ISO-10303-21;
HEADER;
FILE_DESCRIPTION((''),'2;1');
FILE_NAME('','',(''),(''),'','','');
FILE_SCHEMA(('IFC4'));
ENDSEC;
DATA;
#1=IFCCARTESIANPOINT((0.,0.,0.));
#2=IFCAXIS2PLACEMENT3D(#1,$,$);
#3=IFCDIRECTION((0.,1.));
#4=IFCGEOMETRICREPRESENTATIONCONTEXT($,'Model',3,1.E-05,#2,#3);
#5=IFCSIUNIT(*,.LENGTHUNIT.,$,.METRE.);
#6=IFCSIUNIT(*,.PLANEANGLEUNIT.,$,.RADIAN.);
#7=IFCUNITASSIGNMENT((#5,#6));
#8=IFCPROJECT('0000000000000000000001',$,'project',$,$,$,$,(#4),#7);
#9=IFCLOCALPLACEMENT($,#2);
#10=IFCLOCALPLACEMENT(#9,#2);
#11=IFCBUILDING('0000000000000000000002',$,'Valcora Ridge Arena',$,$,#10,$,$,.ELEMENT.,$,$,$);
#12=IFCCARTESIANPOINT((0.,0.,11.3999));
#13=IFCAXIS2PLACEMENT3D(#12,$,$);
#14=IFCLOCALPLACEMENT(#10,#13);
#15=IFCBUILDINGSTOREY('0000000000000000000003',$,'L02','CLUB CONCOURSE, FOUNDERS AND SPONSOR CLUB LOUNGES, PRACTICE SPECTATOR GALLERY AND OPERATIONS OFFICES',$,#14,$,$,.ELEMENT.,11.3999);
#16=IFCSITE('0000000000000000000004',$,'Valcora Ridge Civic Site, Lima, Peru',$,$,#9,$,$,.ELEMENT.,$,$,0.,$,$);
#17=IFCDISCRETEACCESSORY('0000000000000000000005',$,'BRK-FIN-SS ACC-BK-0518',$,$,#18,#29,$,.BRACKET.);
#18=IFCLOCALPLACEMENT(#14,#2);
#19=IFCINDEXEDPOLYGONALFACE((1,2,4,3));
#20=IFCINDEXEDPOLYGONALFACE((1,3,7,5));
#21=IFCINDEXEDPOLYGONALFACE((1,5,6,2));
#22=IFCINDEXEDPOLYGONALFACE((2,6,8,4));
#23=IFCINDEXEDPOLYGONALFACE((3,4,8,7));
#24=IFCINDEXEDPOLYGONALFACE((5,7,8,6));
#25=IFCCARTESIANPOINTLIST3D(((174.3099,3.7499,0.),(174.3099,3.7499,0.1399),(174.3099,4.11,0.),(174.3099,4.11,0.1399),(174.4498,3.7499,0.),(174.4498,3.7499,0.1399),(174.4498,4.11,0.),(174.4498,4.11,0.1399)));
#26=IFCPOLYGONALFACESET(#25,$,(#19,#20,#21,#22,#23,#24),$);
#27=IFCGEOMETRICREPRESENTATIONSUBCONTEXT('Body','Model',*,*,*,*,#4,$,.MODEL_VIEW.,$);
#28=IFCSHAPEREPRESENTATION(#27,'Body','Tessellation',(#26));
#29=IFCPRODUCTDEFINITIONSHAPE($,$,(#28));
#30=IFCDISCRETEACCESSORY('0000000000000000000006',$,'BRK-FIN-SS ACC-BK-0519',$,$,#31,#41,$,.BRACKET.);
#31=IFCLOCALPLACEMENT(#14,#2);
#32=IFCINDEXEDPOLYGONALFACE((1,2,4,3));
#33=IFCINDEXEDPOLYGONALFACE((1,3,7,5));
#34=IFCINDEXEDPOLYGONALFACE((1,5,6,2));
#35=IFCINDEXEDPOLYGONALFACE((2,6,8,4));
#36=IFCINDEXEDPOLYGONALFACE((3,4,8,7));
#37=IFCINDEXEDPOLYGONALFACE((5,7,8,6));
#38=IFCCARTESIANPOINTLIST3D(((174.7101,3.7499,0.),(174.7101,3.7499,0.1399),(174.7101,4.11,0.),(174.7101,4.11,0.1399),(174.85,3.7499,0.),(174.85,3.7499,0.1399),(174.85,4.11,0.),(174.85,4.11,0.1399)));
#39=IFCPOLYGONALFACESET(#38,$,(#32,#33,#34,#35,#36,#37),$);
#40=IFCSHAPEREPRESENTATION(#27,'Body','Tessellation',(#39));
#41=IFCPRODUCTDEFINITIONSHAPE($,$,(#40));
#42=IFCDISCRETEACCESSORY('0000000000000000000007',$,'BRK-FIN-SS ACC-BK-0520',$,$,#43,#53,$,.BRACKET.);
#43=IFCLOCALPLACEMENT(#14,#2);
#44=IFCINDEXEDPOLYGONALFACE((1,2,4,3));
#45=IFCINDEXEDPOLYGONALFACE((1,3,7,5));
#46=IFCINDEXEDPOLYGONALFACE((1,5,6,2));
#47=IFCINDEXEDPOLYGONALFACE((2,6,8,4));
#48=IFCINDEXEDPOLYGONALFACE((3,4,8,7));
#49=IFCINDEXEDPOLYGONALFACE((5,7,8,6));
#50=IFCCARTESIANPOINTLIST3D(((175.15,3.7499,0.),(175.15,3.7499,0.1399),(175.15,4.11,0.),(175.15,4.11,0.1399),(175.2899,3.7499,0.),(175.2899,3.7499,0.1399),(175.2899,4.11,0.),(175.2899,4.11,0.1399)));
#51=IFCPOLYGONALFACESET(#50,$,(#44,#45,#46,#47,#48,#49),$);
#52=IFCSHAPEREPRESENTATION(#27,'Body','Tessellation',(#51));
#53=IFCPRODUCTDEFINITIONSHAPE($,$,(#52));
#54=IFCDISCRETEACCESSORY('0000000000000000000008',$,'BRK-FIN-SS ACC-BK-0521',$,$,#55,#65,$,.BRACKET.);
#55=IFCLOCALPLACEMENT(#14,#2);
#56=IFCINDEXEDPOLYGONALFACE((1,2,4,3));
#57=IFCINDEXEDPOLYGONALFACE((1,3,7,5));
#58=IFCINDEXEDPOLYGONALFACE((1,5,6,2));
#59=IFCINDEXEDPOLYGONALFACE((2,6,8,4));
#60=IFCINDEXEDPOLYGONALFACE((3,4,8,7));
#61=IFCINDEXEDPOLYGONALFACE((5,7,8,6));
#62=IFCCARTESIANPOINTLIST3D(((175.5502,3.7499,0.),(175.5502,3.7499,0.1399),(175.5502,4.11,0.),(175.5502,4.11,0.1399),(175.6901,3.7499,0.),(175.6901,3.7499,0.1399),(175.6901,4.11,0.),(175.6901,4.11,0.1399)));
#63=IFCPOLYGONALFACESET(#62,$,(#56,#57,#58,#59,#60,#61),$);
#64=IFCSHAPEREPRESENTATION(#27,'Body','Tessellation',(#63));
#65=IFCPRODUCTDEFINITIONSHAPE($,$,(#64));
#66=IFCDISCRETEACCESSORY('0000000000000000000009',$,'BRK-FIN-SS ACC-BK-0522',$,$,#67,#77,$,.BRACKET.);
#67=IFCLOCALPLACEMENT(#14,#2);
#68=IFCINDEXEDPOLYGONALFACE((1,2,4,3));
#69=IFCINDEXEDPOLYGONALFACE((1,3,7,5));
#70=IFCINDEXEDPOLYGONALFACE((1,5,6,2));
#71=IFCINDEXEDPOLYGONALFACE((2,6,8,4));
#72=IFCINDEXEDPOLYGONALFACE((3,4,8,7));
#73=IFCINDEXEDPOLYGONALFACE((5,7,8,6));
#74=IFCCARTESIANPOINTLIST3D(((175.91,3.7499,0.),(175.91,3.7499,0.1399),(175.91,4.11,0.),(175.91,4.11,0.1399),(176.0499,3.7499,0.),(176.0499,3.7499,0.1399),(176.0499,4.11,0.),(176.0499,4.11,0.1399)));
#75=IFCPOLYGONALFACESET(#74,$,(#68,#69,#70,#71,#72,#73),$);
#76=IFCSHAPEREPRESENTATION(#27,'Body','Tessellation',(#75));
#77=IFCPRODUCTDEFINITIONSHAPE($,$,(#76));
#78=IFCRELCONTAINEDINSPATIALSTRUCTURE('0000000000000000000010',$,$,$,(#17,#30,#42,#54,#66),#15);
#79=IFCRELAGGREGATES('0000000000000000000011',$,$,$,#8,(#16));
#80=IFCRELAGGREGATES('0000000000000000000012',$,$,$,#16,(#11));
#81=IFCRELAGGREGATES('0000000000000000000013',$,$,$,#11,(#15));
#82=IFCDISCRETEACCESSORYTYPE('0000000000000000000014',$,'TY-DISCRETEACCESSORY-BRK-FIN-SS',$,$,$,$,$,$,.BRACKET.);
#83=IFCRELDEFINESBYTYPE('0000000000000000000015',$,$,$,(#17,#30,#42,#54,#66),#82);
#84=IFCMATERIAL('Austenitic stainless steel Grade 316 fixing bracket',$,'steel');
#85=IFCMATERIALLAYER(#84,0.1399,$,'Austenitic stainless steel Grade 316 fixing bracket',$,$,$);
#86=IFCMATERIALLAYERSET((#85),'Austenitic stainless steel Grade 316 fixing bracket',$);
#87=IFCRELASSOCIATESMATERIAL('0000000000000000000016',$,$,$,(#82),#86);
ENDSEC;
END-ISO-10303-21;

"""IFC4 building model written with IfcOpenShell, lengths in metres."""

from ifc_helpers import new_model, si_unit, direction, frame, origin, origin_2d, place, context, subcontext, project, spatial, rectangle, extrude, material, layer, layer_set, type_object, element, save


model = new_model("IFC4")

# Units and contexts
model_context = context("Model", 3, precision=1e-05, world=origin(), true_north=direction((0.0, 1.0)))
body_context = subcontext(model_context, "Body", "Model", "MODEL_VIEW")
ifc_project = project(units=[si_unit("LENGTHUNIT", "METRE"), si_unit("PLANEANGLEUNIT", "RADIAN")], contexts=[model_context])

# Site, building, storey
site_placement = place(None, origin())
site = spatial("IfcSite", under=ifc_project, at=site_placement, Name="Valcora Ridge Civic Site, Lima, Peru", CompositionType="ELEMENT", RefElevation=0.0)
building_placement = place(site_placement, origin())
building = spatial("IfcBuilding", under=site, at=building_placement, Name="Valcora Ridge Arena", CompositionType="ELEMENT")
storey_placement = place(building_placement, frame((0.0, 0.0, 11.3999)))
storey = spatial("IfcBuildingStorey", under=building, at=storey_placement, Name="L02", Description="CLUB CONCOURSE, FOUNDERS AND SPONSOR CLUB LOUNGES, PRACTICE SPECTATOR GALLERY AND OPERATIONS OFFICES", CompositionType="ELEMENT", Elevation=11.3999)

# Discrete accessories
ifc_material_1 = material(Name="Austenitic stainless steel Grade 316 fixing bracket", Category="steel")
ifc_layer_1 = layer(ifc_material_1, 0.1399, Name="Austenitic stainless steel Grade 316 fixing bracket")
ifc_layer_set_1 = layer_set([ifc_layer_1], Name="Austenitic stainless steel Grade 316 fixing bracket")
discrete_accessory_type = type_object("IfcDiscreteAccessoryType", Name="TY-DISCRETEACCESSORY-BRK-FIN-SS", PredefinedType="BRACKET", material=ifc_layer_set_1)
for number, where, z_axis, x_axis, name in (
    (1, (174.3799, 3.9299, 0.0), (0.0, 0.0, 1.0), (0.0, 1.0, 0.0), "BRK-FIN-SS ACC-BK-0518"),
    (2, (174.78, 3.9299, 0.0), (0.0, 0.0, 1.0), (0.0, 1.0, 0.0), "BRK-FIN-SS ACC-BK-0519"),
    (3, (175.22, 3.9299, 0.0), (0.0, 0.0, 1.0), (0.0, 1.0, 0.0), "BRK-FIN-SS ACC-BK-0520"),
    (4, (175.6201, 3.9299, 0.0), (0.0, 0.0, 1.0), (0.0, 1.0, 0.0), "BRK-FIN-SS ACC-BK-0521"),
    (5, (175.98, 3.9299, 0.0), (0.0, 0.0, 1.0), (0.0, 1.0, 0.0), "BRK-FIN-SS ACC-BK-0522"),
):
    element("IfcDiscreteAccessory", number, at=place(storey_placement, frame(where, z_axis=z_axis, x_axis=x_axis)), inside=storey, type_object=discrete_accessory_type, Name=name, PredefinedType="BRACKET", context=body_context, shape_type="SweptSolid", body=[
        extrude(rectangle(XDim=0.3601, YDim=0.1399, at=origin_2d()), origin(), (0.0, 0.0, 1.0), 0.1399),
    ])

save(model, "model.ifc")
